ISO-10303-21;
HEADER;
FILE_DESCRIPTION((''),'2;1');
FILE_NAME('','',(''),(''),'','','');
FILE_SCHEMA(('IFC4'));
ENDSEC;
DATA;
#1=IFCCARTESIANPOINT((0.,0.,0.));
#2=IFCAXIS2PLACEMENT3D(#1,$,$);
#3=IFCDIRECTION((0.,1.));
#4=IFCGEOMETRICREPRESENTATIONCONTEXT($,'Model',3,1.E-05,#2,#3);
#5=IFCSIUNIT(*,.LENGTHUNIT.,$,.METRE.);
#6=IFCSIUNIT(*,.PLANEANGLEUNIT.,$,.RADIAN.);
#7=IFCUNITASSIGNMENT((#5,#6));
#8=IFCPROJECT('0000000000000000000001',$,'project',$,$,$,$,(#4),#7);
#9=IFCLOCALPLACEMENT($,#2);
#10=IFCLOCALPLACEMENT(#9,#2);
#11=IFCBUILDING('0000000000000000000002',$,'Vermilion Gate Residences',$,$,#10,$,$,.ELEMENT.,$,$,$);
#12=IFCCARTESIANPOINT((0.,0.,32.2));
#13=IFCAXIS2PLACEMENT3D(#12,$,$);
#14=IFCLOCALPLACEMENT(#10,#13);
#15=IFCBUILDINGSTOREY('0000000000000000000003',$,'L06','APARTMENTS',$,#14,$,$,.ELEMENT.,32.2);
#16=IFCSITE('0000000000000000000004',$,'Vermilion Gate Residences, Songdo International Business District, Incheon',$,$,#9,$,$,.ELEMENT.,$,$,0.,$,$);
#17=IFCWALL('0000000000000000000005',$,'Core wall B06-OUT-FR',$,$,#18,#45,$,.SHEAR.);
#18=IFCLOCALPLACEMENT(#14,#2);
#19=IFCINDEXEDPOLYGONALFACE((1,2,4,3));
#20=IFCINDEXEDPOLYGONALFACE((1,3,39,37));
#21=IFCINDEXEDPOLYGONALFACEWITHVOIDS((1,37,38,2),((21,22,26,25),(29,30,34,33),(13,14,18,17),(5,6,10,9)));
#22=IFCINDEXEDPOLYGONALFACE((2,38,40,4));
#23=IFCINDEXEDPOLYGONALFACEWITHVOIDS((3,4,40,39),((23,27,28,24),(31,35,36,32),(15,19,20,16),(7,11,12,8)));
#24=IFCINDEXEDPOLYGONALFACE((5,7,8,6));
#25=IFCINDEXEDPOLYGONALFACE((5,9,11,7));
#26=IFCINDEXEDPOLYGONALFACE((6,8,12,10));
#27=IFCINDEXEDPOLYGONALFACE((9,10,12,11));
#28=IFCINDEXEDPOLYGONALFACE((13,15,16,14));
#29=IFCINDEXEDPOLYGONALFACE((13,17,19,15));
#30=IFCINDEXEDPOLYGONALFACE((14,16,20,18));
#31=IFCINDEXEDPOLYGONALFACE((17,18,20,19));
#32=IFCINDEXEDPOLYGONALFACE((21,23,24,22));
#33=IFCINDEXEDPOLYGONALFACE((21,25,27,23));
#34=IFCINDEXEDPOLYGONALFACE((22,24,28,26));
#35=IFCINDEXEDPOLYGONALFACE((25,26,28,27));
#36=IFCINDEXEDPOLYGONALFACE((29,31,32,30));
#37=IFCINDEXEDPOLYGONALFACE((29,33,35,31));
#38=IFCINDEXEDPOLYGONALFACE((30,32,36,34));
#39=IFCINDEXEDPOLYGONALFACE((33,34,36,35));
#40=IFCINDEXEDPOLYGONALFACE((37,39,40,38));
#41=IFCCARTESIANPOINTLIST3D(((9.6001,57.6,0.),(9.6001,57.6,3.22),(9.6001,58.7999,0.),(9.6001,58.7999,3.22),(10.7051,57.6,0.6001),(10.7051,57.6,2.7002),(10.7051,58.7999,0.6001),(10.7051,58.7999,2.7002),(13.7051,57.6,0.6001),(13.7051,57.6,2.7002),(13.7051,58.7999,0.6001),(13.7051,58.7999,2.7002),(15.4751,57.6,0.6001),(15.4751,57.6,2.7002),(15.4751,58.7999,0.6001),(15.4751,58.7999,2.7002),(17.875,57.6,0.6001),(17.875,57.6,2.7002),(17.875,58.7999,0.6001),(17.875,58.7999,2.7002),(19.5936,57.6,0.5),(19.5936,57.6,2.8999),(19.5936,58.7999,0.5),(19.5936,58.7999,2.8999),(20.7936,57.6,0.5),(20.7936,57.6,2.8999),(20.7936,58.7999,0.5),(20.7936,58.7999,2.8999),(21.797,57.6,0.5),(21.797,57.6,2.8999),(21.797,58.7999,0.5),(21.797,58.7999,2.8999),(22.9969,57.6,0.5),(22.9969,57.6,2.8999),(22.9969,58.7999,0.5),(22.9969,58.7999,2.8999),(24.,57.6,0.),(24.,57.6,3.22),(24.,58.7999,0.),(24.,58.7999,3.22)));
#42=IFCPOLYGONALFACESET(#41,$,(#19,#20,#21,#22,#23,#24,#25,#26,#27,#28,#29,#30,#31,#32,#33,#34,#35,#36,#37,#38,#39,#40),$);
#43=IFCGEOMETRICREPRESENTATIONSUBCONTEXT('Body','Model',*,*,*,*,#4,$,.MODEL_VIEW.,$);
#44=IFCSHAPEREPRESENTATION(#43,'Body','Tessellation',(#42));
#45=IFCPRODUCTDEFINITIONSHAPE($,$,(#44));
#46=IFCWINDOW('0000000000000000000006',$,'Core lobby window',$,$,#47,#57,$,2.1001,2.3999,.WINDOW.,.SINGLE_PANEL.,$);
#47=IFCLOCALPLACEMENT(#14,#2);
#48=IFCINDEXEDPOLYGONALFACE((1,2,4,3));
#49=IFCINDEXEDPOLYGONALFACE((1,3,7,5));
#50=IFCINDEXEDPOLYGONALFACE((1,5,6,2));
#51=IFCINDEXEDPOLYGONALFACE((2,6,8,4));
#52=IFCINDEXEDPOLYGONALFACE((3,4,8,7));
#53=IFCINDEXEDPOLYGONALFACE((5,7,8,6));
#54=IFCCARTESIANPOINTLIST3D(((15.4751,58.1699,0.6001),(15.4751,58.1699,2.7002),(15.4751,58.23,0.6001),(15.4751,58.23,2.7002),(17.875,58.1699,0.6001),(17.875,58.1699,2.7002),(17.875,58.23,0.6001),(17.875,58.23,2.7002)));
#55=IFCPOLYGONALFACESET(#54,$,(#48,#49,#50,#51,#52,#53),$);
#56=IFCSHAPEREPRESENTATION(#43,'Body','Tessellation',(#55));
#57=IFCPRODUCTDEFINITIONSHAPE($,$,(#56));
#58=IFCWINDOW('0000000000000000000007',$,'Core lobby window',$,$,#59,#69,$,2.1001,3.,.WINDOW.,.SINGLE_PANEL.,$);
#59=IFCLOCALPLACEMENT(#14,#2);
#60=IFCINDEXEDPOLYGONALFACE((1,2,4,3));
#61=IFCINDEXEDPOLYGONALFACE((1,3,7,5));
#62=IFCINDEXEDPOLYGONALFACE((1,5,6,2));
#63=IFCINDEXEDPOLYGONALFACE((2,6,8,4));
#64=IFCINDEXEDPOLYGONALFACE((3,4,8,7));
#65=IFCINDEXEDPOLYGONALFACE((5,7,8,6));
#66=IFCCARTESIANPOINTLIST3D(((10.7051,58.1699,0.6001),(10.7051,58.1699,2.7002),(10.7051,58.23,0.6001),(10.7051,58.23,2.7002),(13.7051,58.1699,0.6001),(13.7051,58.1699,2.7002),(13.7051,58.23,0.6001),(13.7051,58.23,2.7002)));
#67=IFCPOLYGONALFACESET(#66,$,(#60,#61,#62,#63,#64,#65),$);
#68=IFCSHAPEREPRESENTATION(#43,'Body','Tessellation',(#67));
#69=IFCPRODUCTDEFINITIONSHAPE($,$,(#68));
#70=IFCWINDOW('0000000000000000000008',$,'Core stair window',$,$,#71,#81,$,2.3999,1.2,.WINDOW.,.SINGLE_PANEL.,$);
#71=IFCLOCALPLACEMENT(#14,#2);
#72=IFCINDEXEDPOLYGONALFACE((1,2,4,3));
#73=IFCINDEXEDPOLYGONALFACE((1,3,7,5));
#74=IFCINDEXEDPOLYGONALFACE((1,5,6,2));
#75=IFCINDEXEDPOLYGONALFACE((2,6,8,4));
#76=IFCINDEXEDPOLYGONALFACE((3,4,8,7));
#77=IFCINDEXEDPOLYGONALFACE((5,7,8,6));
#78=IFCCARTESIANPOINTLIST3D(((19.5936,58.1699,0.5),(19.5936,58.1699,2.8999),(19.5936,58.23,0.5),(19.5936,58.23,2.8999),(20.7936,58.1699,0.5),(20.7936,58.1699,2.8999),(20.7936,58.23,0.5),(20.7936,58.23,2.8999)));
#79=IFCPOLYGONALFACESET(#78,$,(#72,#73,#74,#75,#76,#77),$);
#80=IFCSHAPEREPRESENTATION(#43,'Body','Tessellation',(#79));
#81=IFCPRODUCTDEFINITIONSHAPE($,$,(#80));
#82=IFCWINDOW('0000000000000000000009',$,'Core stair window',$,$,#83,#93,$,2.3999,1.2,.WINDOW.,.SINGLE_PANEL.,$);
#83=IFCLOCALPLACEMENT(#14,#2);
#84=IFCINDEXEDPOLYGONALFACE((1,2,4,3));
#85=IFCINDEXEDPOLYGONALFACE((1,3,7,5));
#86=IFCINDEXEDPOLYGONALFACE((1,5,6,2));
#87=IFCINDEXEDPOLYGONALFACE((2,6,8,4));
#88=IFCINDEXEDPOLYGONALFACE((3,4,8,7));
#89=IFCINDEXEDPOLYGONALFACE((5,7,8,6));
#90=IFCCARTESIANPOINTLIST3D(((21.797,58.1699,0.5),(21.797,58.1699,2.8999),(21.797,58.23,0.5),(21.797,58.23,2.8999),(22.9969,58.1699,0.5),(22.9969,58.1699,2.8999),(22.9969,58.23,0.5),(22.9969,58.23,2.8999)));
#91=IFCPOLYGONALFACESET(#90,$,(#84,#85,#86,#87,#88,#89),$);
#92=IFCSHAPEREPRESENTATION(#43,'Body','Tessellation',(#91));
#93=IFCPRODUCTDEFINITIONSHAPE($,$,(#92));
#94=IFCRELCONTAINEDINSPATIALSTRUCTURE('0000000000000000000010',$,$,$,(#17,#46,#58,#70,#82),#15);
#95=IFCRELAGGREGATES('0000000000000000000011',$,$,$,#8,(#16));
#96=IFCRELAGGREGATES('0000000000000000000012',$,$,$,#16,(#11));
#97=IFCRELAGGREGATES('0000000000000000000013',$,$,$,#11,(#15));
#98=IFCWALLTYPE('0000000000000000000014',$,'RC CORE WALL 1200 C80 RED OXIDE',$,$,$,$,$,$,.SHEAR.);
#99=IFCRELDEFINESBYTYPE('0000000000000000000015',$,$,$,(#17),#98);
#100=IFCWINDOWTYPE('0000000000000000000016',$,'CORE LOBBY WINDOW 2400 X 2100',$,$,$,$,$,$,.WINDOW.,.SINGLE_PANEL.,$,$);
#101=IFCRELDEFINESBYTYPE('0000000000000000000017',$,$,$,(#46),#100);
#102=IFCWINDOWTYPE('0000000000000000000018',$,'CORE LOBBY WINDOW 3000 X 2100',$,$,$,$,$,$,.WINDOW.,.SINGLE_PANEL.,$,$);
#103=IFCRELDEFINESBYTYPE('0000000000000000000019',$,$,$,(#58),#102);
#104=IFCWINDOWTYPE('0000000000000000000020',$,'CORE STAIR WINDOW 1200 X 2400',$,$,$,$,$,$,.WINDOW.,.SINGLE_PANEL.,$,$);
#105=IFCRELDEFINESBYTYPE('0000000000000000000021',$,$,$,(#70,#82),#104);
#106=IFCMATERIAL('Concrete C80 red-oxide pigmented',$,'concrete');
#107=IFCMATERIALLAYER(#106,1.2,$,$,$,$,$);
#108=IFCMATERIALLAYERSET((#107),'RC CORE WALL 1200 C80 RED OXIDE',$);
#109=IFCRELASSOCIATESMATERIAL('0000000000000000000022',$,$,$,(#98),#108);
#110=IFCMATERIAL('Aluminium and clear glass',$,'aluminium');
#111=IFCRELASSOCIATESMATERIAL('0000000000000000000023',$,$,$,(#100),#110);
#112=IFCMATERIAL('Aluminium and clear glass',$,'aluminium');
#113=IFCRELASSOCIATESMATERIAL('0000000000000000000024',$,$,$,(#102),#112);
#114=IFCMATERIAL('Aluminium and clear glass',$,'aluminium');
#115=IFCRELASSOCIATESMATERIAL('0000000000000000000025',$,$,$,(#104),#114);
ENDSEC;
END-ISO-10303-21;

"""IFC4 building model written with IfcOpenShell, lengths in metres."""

from ifc_helpers import new_model, si_unit, direction, frame, frame_2d, origin, place, context, subcontext, project, spatial, rectangle, extrude, material, layer, layer_set, type_object, element, fill, save


model = new_model("IFC4")

# Units and contexts
model_context = context("Model", 3, precision=1e-05, world=origin(), true_north=direction((0.0, 1.0)))
body_context = subcontext(model_context, "Body", "Model", "MODEL_VIEW")
ifc_project = project(units=[si_unit("LENGTHUNIT", "METRE"), si_unit("PLANEANGLEUNIT", "RADIAN")], contexts=[model_context])

# Site, building, storey
site_placement = place(None, origin())
site = spatial("IfcSite", under=ifc_project, at=site_placement, Name="Vermilion Gate Residences, Songdo International Business District, Incheon", CompositionType="ELEMENT", RefElevation=0.0)
building_placement = place(site_placement, origin())
building = spatial("IfcBuilding", under=site, at=building_placement, Name="Vermilion Gate Residences", CompositionType="ELEMENT")
storey_placement = place(building_placement, frame((0.0, 0.0, 32.2)))
storey = spatial("IfcBuildingStorey", under=building, at=storey_placement, Name="L06", Description="APARTMENTS", CompositionType="ELEMENT", Elevation=32.2)

# Wall, openings, windows
ifc_material_1 = material(Name="Concrete C80 red-oxide pigmented", Category="concrete")
ifc_layer_1 = layer(ifc_material_1, 1.2)
ifc_layer_set_1 = layer_set([ifc_layer_1], Name="RC CORE WALL 1200 C80 RED OXIDE")
wall_type_1 = type_object("IfcWallType", Name="RC CORE WALL 1200 C80 RED OXIDE", PredefinedType="SHEAR", material=ifc_layer_set_1)
wall_1_placement = place(storey_placement, frame((9.6001, 58.2, 0.0), z_axis=(0.0, 0.0, 1.0), x_axis=(1.0, 0.0, 0.0)))
wall_1 = element("IfcWall", 1, at=wall_1_placement, inside=storey, type_object=wall_type_1, Name="Core wall B06-OUT-FR", PredefinedType="SHEAR", context=body_context, shape_type="SweptSolid", body=[
    extrude(rectangle(XDim=14.3999, YDim=1.2, at=frame_2d((7.2, 0.0))), origin(), (0.0, 0.0, 1.0), 3.22),
])
opening_1_placement = place(wall_1_placement, frame((1.105, 0.0, 0.6001)))
opening_1 = element("IfcOpeningElement", 2, at=opening_1_placement, cuts=wall_1, PredefinedType="OPENING", context=body_context, shape_type="SweptSolid", body=[
    extrude(rectangle(XDim=3.0, YDim=2.1001, at=frame_2d((1.5, 1.05))), frame((0.0, 0.6099, 0.0), z_axis=(0.0, -1.0, 0.0), x_axis=(1.0, 0.0, 0.0)), (0.0, 0.0, 1.0), 1.22),
])
opening_2_placement = place(wall_1_placement, frame((5.875, 0.0, 0.6001)))
opening_2 = element("IfcOpeningElement", 3, at=opening_2_placement, cuts=wall_1, PredefinedType="OPENING", context=body_context, shape_type="SweptSolid", body=[
    extrude(rectangle(XDim=2.3999, YDim=2.1001, at=frame_2d((1.2, 1.05))), frame((0.0, 0.6099, 0.0), z_axis=(0.0, -1.0, 0.0), x_axis=(1.0, 0.0, 0.0)), (0.0, 0.0, 1.0), 1.22),
])
opening_3_placement = place(wall_1_placement, frame((9.9934, 0.0, 0.5)))
opening_3 = element("IfcOpeningElement", 4, at=opening_3_placement, cuts=wall_1, PredefinedType="OPENING", context=body_context, shape_type="SweptSolid", body=[
    extrude(rectangle(XDim=1.2, YDim=2.3999, at=frame_2d((0.6001, 1.2))), frame((0.0, 0.6099, 0.0), z_axis=(0.0, -1.0, 0.0), x_axis=(1.0, 0.0, 0.0)), (0.0, 0.0, 1.0), 1.22),
])
opening_4_placement = place(wall_1_placement, frame((12.1968, 0.0, 0.5)))
opening_4 = element("IfcOpeningElement", 5, at=opening_4_placement, cuts=wall_1, PredefinedType="OPENING", context=body_context, shape_type="SweptSolid", body=[
    extrude(rectangle(XDim=1.2, YDim=2.3999, at=frame_2d((0.6001, 1.2))), frame((0.0, 0.6099, 0.0), z_axis=(0.0, -1.0, 0.0), x_axis=(1.0, 0.0, 0.0)), (0.0, 0.0, 1.0), 1.22),
])
ifc_material_2 = material(Name="Aluminium and clear glass", Category="aluminium")
window_type_1 = type_object("IfcWindowType", Name="CORE LOBBY WINDOW 2400 X 2100", PartitioningType="SINGLE_PANEL", PredefinedType="WINDOW", material=ifc_material_2)
window_1_placement = place(opening_2_placement, origin())
window_1 = element("IfcWindow", 6, at=window_1_placement, inside=storey, type_object=window_type_1, Name="Core lobby window", OverallHeight=2.1001, OverallWidth=2.3999, PartitioningType="SINGLE_PANEL", PredefinedType="WINDOW", context=body_context, shape_type="SweptSolid", body=[
    extrude(rectangle(XDim=2.3999, YDim=2.1001, at=frame_2d((1.2, 1.05))), frame((0.0, 0.03, 0.0), z_axis=(0.0, -1.0, 0.0), x_axis=(1.0, 0.0, 0.0)), (0.0, 0.0, 1.0), 0.0601),
])
fill(opening_2, window_1)
ifc_material_3 = material(Name="Aluminium and clear glass", Category="aluminium")
window_type_2 = type_object("IfcWindowType", Name="CORE LOBBY WINDOW 3000 X 2100", PartitioningType="SINGLE_PANEL", PredefinedType="WINDOW", material=ifc_material_3)
window_2_placement = place(opening_1_placement, origin())
window_2 = element("IfcWindow", 7, at=window_2_placement, inside=storey, type_object=window_type_2, Name="Core lobby window", OverallHeight=2.1001, OverallWidth=3.0, PartitioningType="SINGLE_PANEL", PredefinedType="WINDOW", context=body_context, shape_type="SweptSolid", body=[
    extrude(rectangle(XDim=3.0, YDim=2.1001, at=frame_2d((1.5, 1.05))), frame((0.0, 0.03, 0.0), z_axis=(0.0, -1.0, 0.0), x_axis=(1.0, 0.0, 0.0)), (0.0, 0.0, 1.0), 0.0601),
])
fill(opening_1, window_2)
ifc_material_4 = material(Name="Aluminium and clear glass", Category="aluminium")
window_type_3 = type_object("IfcWindowType", Name="CORE STAIR WINDOW 1200 X 2400", PartitioningType="SINGLE_PANEL", PredefinedType="WINDOW", material=ifc_material_4)
window_3_placement = place(opening_3_placement, origin())
window_3 = element("IfcWindow", 8, at=window_3_placement, inside=storey, type_object=window_type_3, Name="Core stair window", OverallHeight=2.3999, OverallWidth=1.2, PartitioningType="SINGLE_PANEL", PredefinedType="WINDOW", context=body_context, shape_type="SweptSolid", body=[
    extrude(rectangle(XDim=1.2, YDim=2.3999, at=frame_2d((0.6001, 1.2))), frame((0.0, 0.03, 0.0), z_axis=(0.0, -1.0, 0.0), x_axis=(1.0, 0.0, 0.0)), (0.0, 0.0, 1.0), 0.0601),
])
fill(opening_3, window_3)
window_4_placement = place(opening_4_placement, origin())
window_4 = element("IfcWindow", 9, at=window_4_placement, inside=storey, type_object=window_type_3, Name="Core stair window", OverallHeight=2.3999, OverallWidth=1.2, PartitioningType="SINGLE_PANEL", PredefinedType="WINDOW", context=body_context, shape_type="SweptSolid", body=[
    extrude(rectangle(XDim=1.2, YDim=2.3999, at=frame_2d((0.6001, 1.2))), frame((0.0, 0.03, 0.0), z_axis=(0.0, -1.0, 0.0), x_axis=(1.0, 0.0, 0.0)), (0.0, 0.0, 1.0), 0.0601),
])
fill(opening_4, window_4)

save(model, "model.ifc")
